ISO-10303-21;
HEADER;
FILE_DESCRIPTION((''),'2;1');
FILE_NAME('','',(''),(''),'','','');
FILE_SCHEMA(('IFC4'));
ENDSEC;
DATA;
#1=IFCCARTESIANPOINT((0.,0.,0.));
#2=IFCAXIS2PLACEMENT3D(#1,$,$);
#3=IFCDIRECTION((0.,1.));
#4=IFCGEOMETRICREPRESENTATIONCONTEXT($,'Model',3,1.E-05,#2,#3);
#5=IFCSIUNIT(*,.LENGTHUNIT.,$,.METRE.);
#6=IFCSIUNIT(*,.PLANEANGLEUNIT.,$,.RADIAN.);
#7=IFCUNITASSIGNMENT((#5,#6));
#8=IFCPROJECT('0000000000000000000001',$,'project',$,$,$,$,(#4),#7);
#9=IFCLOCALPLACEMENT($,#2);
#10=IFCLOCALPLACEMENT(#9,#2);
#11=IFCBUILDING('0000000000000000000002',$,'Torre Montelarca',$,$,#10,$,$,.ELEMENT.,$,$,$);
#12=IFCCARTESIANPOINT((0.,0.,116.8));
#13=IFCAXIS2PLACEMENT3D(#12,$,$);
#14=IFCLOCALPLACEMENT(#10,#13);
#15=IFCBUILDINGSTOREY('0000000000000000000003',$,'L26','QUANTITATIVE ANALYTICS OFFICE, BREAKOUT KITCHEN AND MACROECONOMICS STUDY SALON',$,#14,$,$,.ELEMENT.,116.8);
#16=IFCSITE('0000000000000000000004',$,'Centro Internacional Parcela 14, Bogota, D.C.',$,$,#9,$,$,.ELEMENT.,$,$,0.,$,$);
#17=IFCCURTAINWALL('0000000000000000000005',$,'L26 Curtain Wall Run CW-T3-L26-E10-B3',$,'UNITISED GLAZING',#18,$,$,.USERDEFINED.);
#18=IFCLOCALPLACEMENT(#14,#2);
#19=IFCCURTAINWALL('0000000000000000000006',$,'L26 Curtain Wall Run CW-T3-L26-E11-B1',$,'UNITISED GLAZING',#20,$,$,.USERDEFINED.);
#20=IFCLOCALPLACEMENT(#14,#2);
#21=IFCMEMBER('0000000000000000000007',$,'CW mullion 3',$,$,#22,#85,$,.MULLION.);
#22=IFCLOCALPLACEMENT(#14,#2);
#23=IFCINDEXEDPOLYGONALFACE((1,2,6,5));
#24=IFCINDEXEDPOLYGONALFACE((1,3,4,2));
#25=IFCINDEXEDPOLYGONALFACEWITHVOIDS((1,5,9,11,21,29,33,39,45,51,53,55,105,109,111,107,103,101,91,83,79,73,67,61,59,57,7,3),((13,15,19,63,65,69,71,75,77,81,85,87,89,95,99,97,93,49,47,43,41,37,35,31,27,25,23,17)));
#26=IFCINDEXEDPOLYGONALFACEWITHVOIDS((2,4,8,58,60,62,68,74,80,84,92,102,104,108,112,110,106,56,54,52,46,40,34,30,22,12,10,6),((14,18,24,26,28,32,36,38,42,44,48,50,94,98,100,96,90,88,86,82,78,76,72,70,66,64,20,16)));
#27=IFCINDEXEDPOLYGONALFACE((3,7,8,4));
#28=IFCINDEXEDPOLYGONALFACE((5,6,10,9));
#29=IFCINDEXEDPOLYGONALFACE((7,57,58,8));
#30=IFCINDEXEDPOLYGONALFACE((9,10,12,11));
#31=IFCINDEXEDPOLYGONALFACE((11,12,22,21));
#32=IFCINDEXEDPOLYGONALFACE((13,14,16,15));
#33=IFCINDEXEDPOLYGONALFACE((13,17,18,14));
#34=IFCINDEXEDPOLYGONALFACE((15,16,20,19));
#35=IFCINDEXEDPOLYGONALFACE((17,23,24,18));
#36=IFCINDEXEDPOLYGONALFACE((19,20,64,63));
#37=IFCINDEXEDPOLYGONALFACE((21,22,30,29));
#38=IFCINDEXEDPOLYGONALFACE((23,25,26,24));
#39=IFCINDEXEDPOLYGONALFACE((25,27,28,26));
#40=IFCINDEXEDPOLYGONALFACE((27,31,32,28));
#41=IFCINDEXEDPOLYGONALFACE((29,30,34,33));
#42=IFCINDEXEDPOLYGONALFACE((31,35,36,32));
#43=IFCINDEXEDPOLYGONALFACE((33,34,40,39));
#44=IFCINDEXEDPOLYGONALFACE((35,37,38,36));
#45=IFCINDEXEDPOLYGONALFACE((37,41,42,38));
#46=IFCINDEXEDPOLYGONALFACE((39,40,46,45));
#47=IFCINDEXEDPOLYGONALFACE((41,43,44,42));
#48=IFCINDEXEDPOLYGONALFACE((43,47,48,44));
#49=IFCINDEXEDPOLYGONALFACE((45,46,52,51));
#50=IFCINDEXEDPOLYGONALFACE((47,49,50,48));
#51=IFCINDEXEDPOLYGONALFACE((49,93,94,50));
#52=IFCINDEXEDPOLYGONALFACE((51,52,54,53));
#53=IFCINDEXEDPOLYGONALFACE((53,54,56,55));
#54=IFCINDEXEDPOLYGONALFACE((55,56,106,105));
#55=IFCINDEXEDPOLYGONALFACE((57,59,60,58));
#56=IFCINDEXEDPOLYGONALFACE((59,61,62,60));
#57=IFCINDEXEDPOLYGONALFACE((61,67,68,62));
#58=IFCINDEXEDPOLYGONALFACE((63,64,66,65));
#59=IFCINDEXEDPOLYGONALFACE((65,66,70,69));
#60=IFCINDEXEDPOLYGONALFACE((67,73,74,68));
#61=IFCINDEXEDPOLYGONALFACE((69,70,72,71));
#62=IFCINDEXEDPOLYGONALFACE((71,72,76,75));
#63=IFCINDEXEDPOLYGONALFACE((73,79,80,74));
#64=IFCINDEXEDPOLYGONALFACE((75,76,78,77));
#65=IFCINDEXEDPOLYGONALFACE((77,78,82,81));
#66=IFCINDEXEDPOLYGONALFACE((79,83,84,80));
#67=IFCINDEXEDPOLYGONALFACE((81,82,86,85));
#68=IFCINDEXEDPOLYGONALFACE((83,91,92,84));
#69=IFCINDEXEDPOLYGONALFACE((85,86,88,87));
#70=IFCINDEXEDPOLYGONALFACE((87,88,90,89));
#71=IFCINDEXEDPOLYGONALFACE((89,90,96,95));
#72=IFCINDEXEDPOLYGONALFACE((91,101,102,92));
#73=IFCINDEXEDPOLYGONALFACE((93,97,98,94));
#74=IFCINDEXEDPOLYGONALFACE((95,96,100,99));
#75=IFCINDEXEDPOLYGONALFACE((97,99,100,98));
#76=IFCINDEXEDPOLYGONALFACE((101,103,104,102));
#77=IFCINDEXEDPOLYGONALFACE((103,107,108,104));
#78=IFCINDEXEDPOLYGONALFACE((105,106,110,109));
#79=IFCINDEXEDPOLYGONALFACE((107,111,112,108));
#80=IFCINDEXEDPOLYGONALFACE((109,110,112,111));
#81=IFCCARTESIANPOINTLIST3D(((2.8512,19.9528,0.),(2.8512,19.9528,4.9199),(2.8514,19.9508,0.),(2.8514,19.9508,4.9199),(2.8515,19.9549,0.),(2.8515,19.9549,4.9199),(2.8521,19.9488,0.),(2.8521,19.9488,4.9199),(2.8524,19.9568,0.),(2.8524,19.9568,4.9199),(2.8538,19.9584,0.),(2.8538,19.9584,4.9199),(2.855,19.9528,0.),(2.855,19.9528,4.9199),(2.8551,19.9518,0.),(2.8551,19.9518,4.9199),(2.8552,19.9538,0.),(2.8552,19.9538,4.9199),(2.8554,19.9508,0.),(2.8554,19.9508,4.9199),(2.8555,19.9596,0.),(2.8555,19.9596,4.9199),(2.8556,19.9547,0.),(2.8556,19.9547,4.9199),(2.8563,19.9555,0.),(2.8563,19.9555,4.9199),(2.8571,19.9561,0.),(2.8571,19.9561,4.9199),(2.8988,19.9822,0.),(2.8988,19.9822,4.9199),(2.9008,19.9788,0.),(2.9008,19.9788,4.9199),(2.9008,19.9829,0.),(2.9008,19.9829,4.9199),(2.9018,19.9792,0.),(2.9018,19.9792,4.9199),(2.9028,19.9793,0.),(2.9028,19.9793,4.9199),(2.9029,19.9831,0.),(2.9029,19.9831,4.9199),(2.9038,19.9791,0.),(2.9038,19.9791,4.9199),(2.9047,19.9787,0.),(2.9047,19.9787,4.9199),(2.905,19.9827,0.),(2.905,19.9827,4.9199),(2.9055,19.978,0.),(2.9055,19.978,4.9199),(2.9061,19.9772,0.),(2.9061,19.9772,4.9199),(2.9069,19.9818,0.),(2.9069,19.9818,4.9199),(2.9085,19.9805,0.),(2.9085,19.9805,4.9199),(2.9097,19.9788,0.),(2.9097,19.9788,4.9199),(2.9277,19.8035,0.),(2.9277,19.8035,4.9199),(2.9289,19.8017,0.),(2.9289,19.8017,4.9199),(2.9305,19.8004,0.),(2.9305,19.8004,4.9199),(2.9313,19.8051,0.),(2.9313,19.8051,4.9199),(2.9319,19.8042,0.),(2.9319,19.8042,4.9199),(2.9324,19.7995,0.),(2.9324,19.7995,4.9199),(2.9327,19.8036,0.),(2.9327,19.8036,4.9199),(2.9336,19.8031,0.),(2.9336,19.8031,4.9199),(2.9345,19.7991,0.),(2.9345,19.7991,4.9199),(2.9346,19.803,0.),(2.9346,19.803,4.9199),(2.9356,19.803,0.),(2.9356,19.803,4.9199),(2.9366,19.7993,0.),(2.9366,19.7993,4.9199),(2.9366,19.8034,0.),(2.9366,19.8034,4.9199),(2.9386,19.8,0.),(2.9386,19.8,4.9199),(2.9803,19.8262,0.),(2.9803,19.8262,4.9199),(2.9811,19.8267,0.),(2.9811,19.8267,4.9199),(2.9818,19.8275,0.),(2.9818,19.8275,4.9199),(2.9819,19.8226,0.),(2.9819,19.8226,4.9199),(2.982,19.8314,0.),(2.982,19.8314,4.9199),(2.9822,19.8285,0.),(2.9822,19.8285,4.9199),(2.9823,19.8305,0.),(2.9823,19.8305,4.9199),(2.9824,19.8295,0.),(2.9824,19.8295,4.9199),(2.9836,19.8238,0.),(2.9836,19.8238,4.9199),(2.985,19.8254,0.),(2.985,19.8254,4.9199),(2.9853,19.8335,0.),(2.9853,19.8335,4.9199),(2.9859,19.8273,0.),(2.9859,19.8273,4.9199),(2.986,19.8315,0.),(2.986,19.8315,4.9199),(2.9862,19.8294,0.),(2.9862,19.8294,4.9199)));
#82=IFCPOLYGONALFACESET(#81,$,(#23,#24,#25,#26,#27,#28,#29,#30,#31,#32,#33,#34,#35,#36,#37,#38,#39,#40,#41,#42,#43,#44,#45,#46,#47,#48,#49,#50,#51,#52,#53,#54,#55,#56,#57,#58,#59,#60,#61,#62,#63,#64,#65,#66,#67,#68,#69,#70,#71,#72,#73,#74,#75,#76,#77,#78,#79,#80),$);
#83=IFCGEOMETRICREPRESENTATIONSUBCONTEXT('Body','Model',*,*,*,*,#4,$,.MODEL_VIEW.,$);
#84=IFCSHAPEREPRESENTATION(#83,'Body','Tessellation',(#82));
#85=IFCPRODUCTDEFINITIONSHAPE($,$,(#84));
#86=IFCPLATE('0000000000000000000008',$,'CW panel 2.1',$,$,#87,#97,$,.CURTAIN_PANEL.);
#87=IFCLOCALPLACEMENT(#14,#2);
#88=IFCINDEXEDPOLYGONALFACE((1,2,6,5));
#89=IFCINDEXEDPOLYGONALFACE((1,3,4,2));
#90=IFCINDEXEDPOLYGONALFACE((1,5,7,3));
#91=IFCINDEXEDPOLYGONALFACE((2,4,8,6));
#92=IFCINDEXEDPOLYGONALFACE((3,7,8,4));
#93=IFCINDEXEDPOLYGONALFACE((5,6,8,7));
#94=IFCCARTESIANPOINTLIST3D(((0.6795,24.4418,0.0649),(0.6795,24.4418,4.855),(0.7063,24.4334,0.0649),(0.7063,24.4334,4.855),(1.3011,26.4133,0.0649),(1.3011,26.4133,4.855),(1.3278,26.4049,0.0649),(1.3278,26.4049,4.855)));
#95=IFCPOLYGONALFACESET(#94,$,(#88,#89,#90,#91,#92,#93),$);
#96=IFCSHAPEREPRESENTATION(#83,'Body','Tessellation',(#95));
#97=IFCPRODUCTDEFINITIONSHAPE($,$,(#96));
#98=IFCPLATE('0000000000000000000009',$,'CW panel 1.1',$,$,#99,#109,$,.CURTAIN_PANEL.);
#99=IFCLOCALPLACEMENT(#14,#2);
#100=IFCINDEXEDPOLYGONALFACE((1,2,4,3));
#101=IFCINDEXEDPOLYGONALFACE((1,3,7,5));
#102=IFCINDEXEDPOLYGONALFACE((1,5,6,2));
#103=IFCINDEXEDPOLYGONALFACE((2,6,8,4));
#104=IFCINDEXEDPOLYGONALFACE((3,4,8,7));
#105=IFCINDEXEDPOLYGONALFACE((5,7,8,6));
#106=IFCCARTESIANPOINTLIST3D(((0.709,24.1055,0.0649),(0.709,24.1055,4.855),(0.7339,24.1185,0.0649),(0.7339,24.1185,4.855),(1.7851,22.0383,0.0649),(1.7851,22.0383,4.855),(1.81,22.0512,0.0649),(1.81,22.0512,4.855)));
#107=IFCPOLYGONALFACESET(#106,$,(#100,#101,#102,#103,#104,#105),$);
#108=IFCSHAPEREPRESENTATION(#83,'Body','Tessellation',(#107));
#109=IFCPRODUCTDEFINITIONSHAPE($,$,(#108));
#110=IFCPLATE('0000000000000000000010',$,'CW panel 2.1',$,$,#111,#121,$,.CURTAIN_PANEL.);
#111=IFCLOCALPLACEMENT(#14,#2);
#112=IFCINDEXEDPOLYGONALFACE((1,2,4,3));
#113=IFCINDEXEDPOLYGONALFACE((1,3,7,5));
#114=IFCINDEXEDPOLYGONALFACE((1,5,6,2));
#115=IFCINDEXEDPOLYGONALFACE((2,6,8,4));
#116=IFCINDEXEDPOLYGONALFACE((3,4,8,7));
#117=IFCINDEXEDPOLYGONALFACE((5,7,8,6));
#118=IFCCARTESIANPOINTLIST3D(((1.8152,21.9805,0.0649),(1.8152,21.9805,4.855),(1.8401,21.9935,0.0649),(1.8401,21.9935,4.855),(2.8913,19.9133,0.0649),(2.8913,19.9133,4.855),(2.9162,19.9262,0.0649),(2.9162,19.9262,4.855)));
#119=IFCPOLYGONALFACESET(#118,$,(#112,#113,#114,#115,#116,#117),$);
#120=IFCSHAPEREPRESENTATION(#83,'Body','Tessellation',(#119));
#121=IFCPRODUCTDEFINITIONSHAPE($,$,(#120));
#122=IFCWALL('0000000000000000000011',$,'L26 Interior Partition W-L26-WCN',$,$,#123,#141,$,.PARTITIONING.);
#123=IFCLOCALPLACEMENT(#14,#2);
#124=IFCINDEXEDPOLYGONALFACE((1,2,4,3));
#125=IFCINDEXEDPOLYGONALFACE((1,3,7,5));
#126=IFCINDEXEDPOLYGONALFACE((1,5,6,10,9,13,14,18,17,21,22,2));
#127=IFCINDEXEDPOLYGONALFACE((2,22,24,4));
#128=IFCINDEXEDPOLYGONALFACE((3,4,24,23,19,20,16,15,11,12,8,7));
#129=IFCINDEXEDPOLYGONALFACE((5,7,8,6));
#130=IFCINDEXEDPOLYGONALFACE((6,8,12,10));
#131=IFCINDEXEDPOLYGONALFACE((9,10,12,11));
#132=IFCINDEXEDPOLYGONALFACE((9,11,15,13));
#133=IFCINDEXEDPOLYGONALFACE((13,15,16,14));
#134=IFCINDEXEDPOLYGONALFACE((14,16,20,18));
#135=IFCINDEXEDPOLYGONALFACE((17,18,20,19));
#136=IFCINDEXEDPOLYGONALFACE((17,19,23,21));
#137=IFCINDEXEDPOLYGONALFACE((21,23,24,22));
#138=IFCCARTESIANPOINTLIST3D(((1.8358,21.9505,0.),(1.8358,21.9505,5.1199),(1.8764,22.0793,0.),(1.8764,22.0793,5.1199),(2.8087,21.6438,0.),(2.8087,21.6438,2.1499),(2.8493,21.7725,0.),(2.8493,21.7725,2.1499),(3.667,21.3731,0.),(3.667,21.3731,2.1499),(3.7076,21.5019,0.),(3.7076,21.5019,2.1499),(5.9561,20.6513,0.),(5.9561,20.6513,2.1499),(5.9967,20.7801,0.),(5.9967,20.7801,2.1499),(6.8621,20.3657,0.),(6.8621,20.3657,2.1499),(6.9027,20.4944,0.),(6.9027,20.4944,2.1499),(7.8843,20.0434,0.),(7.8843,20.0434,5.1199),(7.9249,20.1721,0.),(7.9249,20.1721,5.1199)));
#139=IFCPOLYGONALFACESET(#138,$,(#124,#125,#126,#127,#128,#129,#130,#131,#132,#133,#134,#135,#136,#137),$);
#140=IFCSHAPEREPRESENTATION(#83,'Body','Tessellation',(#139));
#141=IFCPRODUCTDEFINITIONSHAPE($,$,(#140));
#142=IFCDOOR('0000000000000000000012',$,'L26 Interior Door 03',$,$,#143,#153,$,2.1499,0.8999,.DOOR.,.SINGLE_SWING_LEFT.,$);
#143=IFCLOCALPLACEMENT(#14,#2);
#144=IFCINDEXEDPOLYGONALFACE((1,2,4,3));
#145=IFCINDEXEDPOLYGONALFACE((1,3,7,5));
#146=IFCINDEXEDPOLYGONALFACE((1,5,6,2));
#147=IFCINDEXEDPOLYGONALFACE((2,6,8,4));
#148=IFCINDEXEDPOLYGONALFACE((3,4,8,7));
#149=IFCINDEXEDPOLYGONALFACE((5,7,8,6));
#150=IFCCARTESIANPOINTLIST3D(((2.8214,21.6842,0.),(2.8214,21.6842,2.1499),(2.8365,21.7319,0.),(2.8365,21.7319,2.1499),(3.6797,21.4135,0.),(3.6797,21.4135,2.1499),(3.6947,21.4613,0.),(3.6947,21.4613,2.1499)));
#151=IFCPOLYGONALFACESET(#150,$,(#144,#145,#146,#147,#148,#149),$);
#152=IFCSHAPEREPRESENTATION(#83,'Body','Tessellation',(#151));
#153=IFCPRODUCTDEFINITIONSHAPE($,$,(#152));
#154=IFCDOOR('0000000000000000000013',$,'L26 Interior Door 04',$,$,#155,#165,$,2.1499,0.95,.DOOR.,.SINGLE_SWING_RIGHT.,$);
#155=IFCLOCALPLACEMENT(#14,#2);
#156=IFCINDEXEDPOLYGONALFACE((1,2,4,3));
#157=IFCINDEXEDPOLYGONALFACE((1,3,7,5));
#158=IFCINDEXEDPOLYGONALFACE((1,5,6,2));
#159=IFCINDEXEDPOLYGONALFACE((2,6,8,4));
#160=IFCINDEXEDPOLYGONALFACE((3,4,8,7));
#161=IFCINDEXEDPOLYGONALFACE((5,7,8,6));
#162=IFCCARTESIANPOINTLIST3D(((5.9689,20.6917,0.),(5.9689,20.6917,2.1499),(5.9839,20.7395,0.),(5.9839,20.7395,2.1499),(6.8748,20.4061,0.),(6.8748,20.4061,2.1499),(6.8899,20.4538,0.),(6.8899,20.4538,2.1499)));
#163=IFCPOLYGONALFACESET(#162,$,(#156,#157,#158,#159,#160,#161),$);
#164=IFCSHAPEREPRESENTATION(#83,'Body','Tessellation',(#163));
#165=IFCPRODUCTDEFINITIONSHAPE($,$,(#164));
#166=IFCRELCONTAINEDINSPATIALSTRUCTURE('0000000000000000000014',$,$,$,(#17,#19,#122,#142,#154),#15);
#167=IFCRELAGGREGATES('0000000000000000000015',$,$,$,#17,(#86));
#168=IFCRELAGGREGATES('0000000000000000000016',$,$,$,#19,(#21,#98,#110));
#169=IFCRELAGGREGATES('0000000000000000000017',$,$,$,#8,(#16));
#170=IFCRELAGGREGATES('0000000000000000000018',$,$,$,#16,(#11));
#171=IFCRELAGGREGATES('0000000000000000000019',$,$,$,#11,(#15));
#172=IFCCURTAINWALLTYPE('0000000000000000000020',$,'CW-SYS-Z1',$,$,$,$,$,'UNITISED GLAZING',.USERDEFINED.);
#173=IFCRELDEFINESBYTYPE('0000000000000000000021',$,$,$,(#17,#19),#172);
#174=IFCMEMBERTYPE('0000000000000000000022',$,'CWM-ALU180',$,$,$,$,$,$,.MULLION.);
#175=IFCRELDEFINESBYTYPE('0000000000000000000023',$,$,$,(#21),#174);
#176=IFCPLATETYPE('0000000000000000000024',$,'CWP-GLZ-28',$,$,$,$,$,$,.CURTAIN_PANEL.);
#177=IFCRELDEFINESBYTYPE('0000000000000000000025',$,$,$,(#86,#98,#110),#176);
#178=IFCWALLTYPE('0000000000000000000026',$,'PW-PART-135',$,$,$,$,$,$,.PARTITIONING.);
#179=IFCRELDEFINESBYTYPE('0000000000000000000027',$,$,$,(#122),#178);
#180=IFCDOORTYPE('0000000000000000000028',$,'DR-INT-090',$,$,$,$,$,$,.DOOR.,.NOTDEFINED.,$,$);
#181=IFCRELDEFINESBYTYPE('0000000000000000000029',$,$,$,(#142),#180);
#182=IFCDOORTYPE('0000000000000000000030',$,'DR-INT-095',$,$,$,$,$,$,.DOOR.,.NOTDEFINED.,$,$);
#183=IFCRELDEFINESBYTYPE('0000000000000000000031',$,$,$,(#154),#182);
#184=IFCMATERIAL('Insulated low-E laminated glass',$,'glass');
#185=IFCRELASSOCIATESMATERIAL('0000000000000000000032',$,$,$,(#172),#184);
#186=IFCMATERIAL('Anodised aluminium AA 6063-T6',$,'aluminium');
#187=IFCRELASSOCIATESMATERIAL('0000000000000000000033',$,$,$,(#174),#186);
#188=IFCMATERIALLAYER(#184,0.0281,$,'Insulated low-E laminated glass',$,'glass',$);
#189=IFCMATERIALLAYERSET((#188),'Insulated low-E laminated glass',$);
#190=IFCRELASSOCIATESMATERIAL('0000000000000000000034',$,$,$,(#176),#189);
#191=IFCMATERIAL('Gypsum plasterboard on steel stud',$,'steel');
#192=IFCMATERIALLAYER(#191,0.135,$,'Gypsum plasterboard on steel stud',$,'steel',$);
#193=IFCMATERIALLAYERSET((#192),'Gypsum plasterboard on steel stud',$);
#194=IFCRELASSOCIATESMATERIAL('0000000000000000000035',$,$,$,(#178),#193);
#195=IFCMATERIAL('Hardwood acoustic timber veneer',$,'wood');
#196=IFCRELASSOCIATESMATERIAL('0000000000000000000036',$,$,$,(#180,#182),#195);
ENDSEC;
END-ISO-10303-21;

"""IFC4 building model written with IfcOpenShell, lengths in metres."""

from ifc_helpers import new_model, si_unit, direction, frame, frame_2d, origin, origin_2d, place, context, subcontext, project, spatial, rectangle, hollow_rectangle, extrude, source, transform, mapped, material, layer, layer_set, material_profile, profile_set, type_object, element, fill, aggregate, save


model = new_model("IFC4")

# Units and contexts
model_context = context("Model", 3, precision=1e-05, world=origin(), true_north=direction((0.0, 1.0)))
body_context = subcontext(model_context, "Body", "Model", "MODEL_VIEW")
ifc_project = project(units=[si_unit("LENGTHUNIT", "METRE"), si_unit("PLANEANGLEUNIT", "RADIAN")], contexts=[model_context])

# Site, building, storey
site_placement = place(None, origin())
site = spatial("IfcSite", under=ifc_project, at=site_placement, Name="Centro Internacional Parcela 14, Bogota, D.C.", CompositionType="ELEMENT", RefElevation=0.0)
building_placement = place(site_placement, origin())
building = spatial("IfcBuilding", under=site, at=building_placement, Name="Torre Montelarca", CompositionType="ELEMENT")
storey_placement = place(building_placement, frame((0.0, 0.0, 116.8)))
storey = spatial("IfcBuildingStorey", under=building, at=storey_placement, Name="L26", Description="QUANTITATIVE ANALYTICS OFFICE, BREAKOUT KITCHEN AND MACROECONOMICS STUDY SALON", CompositionType="ELEMENT", Elevation=116.8)

# Curtain walls
ifc_material_1 = material(Name="Insulated low-E laminated glass", Category="glass")
curtain_wall_type = type_object("IfcCurtainWallType", Name="CW-SYS-Z1", ElementType="UNITISED GLAZING", PredefinedType="USERDEFINED", material=ifc_material_1)
curtain_wall_1_placement = place(storey_placement, origin())
curtain_wall_1 = element("IfcCurtainWall", 1, at=curtain_wall_1_placement, inside=storey, type_object=curtain_wall_type, Name="L26 Curtain Wall Run CW-T3-L26-E10-B3", ObjectType="UNITISED GLAZING", PredefinedType="USERDEFINED")
ifc_material_2 = material(Name="Anodised aluminium AA 6063-T6", Category="aluminium")
curtain_wall_2_placement = place(storey_placement, origin())
curtain_wall_2 = element("IfcCurtainWall", 2, at=curtain_wall_2_placement, inside=storey, type_object=curtain_wall_type, Name="L26 Curtain Wall Run CW-T3-L26-E11-B1", ObjectType="UNITISED GLAZING", PredefinedType="USERDEFINED")

# Member
ifc_material_profile_1 = material_profile(ifc_material_2, hollow_rectangle(XDim=0.0649, YDim=0.1799, WallThickness=0.0039, InnerFilletRadius=0.0039, OuterFilletRadius=0.0081, at=origin_2d()), Name="ALU65X180X4", Category="aluminium")
ifc_profile_set_1 = profile_set([ifc_material_profile_1], Name="Anodised aluminium AA 6063-T6")
member_type_1 = type_object("IfcMemberType", Name="CWM-ALU180", PredefinedType="MULLION", material=ifc_profile_set_1)
shared_shape_1 = source(origin(), body_context, "Body", "SweptSolid", [
    extrude(hollow_rectangle(XDim=0.0649, YDim=0.1799, WallThickness=0.0039, InnerFilletRadius=0.0039, OuterFilletRadius=0.0081, at=origin_2d()), origin(), (0.0, 0.0, 1.0), 4.9199),
])
member_1_placement = place(storey_placement, frame((2.9187, 19.8911, 0.0), z_axis=(0.0, 0.0, 1.0), x_axis=(0.88701, 0.46175, 0.0)))
member_1 = element("IfcMember", 3, at=member_1_placement, type_object=member_type_1, Name="CW mullion 3", PredefinedType="MULLION", context=body_context, shape_type="MappedRepresentation", body=[
    mapped(shared_shape_1, transform((0.0, 0.0, 0.0), scale=1.0)),
])

# Plates
ifc_layer_1 = layer(ifc_material_1, 0.0281, Name="Insulated low-E laminated glass", Category="glass")
ifc_layer_set_1 = layer_set([ifc_layer_1], Name="Insulated low-E laminated glass")
plate_type = type_object("IfcPlateType", Name="CWP-GLZ-28", PredefinedType="CURTAIN_PANEL", material=ifc_layer_set_1)
shared_shape_2 = source(origin(), body_context, "Body", "SweptSolid", [
    extrude(rectangle(XDim=2.0671, YDim=0.0281, at=origin_2d()), origin(), (0.0, 0.0, 1.0), 4.79),
])
plate_1_placement = place(storey_placement, frame((1.0037, 25.4233, 0.0649), z_axis=(0.0, 0.0, 1.0), x_axis=(-0.300705, -0.953717, 0.0)))
plate_1 = element("IfcPlate", 4, at=plate_1_placement, type_object=plate_type, Name="CW panel 2.1", PredefinedType="CURTAIN_PANEL", context=body_context, shape_type="MappedRepresentation", body=[
    mapped(shared_shape_2, transform((0.0, 0.0, 0.0), scale=1.0)),
])
aggregate(curtain_wall_1, [plate_1])
shared_shape_3 = source(origin(), body_context, "Body", "SweptSolid", [
    extrude(rectangle(XDim=2.3306, YDim=0.0281, at=origin_2d()), origin(), (0.0, 0.0, 1.0), 4.79),
])
plate_2_placement = place(storey_placement, frame((1.2595, 23.0784, 0.0649), z_axis=(0.0, 0.0, 1.0), x_axis=(0.46175, -0.88701, 0.0)))
plate_2 = element("IfcPlate", 5, at=plate_2_placement, type_object=plate_type, Name="CW panel 1.1", PredefinedType="CURTAIN_PANEL", context=body_context, shape_type="MappedRepresentation", body=[
    mapped(shared_shape_3, transform((0.0, 0.0, 0.0), scale=1.0)),
])
plate_3_placement = place(storey_placement, frame((2.3657, 20.9534, 0.0649), z_axis=(0.0, 0.0, 1.0), x_axis=(0.46175, -0.88701, 0.0)))
plate_3 = element("IfcPlate", 6, at=plate_3_placement, type_object=plate_type, Name="CW panel 2.1", PredefinedType="CURTAIN_PANEL", context=body_context, shape_type="MappedRepresentation", body=[
    mapped(shared_shape_3, transform((0.0, 0.0, 0.0), scale=1.0)),
])
aggregate(curtain_wall_2, [member_1, plate_2, plate_3])

# Wall, openings, doors
ifc_material_3 = material(Name="Gypsum plasterboard on steel stud", Category="steel")
ifc_layer_2 = layer(ifc_material_3, 0.135, Name="Gypsum plasterboard on steel stud", Category="steel")
ifc_layer_set_2 = layer_set([ifc_layer_2], Name="Gypsum plasterboard on steel stud")
wall_type = type_object("IfcWallType", Name="PW-PART-135", PredefinedType="PARTITIONING", material=ifc_layer_set_2)
wall_placement = place(storey_placement, frame((1.8562, 22.0149, 0.0), z_axis=(0.0, 0.0, 1.0), x_axis=(0.953712, -0.300722, 0.0)))
wall = element("IfcWall", 7, at=wall_placement, inside=storey, type_object=wall_type, Name="L26 Interior Partition W-L26-WCN", PredefinedType="PARTITIONING", context=body_context, shape_type="SweptSolid", body=[
    extrude(rectangle(XDim=6.342, YDim=0.135, at=frame_2d((3.1709, 0.0))), origin(), (0.0, 0.0, 1.0), 5.1199),
])
opening_1_placement = place(wall_placement, frame((1.02, 0.0, 0.0)))
opening_1 = element("IfcOpeningElement", 8, at=opening_1_placement, cuts=wall, PredefinedType="OPENING", context=body_context, shape_type="SweptSolid", body=[
    extrude(rectangle(XDim=0.8999, YDim=2.1499, at=frame_2d((0.45, 1.075))), frame((0.0, 0.0776, 0.0), z_axis=(0.0, -1.0, 0.0), x_axis=(1.0, 0.0, 0.0)), (0.0, 0.0, 1.0), 0.155),
])
opening_2_placement = place(wall_placement, frame((4.3201, 0.0, 0.0)))
opening_2 = element("IfcOpeningElement", 9, at=opening_2_placement, cuts=wall, PredefinedType="OPENING", context=body_context, shape_type="SweptSolid", body=[
    extrude(rectangle(XDim=0.95, YDim=2.1499, at=frame_2d((0.4751, 1.075))), frame((0.0, 0.0776, 0.0), z_axis=(0.0, -1.0, 0.0), x_axis=(1.0, 0.0, 0.0)), (0.0, 0.0, 1.0), 0.155),
])
ifc_material_4 = material(Name="Hardwood acoustic timber veneer", Category="wood")
door_type_1 = type_object("IfcDoorType", Name="DR-INT-090", OperationType="NOTDEFINED", PredefinedType="DOOR", material=ifc_material_4)
shared_shape_4 = source(origin(), body_context, "Body", "SweptSolid", [
    extrude(rectangle(XDim=0.8999, YDim=2.1499, at=frame_2d((0.45, 1.075))), frame((0.0, 0.0249, 0.0), z_axis=(0.0, -1.0, 0.0), x_axis=(1.0, 0.0, 0.0)), (0.0, 0.0, 1.0), 0.05),
])
door_1_placement = place(opening_1_placement, origin())
door_1 = element("IfcDoor", 10, at=door_1_placement, inside=storey, type_object=door_type_1, Name="L26 Interior Door 03", OperationType="SINGLE_SWING_LEFT", OverallHeight=2.1499, OverallWidth=0.8999, PredefinedType="DOOR", context=body_context, shape_type="MappedRepresentation", body=[
    mapped(shared_shape_4, transform((0.0, 0.0, 0.0), scale=1.0)),
])
fill(opening_1, door_1)
door_type_2 = type_object("IfcDoorType", Name="DR-INT-095", OperationType="NOTDEFINED", PredefinedType="DOOR", material=ifc_material_4)
shared_shape_5 = source(origin(), body_context, "Body", "SweptSolid", [
    extrude(rectangle(XDim=0.95, YDim=2.1499, at=frame_2d((0.4751, 1.075))), frame((0.0, 0.0249, 0.0), z_axis=(0.0, -1.0, 0.0), x_axis=(1.0, 0.0, 0.0)), (0.0, 0.0, 1.0), 0.05),
])
door_2_placement = place(opening_2_placement, origin())
door_2 = element("IfcDoor", 11, at=door_2_placement, inside=storey, type_object=door_type_2, Name="L26 Interior Door 04", OperationType="SINGLE_SWING_RIGHT", OverallHeight=2.1499, OverallWidth=0.95, PredefinedType="DOOR", context=body_context, shape_type="MappedRepresentation", body=[
    mapped(shared_shape_5, transform((0.0, 0.0, 0.0), scale=1.0)),
])
fill(opening_2, door_2)

save(model, "model.ifc")
